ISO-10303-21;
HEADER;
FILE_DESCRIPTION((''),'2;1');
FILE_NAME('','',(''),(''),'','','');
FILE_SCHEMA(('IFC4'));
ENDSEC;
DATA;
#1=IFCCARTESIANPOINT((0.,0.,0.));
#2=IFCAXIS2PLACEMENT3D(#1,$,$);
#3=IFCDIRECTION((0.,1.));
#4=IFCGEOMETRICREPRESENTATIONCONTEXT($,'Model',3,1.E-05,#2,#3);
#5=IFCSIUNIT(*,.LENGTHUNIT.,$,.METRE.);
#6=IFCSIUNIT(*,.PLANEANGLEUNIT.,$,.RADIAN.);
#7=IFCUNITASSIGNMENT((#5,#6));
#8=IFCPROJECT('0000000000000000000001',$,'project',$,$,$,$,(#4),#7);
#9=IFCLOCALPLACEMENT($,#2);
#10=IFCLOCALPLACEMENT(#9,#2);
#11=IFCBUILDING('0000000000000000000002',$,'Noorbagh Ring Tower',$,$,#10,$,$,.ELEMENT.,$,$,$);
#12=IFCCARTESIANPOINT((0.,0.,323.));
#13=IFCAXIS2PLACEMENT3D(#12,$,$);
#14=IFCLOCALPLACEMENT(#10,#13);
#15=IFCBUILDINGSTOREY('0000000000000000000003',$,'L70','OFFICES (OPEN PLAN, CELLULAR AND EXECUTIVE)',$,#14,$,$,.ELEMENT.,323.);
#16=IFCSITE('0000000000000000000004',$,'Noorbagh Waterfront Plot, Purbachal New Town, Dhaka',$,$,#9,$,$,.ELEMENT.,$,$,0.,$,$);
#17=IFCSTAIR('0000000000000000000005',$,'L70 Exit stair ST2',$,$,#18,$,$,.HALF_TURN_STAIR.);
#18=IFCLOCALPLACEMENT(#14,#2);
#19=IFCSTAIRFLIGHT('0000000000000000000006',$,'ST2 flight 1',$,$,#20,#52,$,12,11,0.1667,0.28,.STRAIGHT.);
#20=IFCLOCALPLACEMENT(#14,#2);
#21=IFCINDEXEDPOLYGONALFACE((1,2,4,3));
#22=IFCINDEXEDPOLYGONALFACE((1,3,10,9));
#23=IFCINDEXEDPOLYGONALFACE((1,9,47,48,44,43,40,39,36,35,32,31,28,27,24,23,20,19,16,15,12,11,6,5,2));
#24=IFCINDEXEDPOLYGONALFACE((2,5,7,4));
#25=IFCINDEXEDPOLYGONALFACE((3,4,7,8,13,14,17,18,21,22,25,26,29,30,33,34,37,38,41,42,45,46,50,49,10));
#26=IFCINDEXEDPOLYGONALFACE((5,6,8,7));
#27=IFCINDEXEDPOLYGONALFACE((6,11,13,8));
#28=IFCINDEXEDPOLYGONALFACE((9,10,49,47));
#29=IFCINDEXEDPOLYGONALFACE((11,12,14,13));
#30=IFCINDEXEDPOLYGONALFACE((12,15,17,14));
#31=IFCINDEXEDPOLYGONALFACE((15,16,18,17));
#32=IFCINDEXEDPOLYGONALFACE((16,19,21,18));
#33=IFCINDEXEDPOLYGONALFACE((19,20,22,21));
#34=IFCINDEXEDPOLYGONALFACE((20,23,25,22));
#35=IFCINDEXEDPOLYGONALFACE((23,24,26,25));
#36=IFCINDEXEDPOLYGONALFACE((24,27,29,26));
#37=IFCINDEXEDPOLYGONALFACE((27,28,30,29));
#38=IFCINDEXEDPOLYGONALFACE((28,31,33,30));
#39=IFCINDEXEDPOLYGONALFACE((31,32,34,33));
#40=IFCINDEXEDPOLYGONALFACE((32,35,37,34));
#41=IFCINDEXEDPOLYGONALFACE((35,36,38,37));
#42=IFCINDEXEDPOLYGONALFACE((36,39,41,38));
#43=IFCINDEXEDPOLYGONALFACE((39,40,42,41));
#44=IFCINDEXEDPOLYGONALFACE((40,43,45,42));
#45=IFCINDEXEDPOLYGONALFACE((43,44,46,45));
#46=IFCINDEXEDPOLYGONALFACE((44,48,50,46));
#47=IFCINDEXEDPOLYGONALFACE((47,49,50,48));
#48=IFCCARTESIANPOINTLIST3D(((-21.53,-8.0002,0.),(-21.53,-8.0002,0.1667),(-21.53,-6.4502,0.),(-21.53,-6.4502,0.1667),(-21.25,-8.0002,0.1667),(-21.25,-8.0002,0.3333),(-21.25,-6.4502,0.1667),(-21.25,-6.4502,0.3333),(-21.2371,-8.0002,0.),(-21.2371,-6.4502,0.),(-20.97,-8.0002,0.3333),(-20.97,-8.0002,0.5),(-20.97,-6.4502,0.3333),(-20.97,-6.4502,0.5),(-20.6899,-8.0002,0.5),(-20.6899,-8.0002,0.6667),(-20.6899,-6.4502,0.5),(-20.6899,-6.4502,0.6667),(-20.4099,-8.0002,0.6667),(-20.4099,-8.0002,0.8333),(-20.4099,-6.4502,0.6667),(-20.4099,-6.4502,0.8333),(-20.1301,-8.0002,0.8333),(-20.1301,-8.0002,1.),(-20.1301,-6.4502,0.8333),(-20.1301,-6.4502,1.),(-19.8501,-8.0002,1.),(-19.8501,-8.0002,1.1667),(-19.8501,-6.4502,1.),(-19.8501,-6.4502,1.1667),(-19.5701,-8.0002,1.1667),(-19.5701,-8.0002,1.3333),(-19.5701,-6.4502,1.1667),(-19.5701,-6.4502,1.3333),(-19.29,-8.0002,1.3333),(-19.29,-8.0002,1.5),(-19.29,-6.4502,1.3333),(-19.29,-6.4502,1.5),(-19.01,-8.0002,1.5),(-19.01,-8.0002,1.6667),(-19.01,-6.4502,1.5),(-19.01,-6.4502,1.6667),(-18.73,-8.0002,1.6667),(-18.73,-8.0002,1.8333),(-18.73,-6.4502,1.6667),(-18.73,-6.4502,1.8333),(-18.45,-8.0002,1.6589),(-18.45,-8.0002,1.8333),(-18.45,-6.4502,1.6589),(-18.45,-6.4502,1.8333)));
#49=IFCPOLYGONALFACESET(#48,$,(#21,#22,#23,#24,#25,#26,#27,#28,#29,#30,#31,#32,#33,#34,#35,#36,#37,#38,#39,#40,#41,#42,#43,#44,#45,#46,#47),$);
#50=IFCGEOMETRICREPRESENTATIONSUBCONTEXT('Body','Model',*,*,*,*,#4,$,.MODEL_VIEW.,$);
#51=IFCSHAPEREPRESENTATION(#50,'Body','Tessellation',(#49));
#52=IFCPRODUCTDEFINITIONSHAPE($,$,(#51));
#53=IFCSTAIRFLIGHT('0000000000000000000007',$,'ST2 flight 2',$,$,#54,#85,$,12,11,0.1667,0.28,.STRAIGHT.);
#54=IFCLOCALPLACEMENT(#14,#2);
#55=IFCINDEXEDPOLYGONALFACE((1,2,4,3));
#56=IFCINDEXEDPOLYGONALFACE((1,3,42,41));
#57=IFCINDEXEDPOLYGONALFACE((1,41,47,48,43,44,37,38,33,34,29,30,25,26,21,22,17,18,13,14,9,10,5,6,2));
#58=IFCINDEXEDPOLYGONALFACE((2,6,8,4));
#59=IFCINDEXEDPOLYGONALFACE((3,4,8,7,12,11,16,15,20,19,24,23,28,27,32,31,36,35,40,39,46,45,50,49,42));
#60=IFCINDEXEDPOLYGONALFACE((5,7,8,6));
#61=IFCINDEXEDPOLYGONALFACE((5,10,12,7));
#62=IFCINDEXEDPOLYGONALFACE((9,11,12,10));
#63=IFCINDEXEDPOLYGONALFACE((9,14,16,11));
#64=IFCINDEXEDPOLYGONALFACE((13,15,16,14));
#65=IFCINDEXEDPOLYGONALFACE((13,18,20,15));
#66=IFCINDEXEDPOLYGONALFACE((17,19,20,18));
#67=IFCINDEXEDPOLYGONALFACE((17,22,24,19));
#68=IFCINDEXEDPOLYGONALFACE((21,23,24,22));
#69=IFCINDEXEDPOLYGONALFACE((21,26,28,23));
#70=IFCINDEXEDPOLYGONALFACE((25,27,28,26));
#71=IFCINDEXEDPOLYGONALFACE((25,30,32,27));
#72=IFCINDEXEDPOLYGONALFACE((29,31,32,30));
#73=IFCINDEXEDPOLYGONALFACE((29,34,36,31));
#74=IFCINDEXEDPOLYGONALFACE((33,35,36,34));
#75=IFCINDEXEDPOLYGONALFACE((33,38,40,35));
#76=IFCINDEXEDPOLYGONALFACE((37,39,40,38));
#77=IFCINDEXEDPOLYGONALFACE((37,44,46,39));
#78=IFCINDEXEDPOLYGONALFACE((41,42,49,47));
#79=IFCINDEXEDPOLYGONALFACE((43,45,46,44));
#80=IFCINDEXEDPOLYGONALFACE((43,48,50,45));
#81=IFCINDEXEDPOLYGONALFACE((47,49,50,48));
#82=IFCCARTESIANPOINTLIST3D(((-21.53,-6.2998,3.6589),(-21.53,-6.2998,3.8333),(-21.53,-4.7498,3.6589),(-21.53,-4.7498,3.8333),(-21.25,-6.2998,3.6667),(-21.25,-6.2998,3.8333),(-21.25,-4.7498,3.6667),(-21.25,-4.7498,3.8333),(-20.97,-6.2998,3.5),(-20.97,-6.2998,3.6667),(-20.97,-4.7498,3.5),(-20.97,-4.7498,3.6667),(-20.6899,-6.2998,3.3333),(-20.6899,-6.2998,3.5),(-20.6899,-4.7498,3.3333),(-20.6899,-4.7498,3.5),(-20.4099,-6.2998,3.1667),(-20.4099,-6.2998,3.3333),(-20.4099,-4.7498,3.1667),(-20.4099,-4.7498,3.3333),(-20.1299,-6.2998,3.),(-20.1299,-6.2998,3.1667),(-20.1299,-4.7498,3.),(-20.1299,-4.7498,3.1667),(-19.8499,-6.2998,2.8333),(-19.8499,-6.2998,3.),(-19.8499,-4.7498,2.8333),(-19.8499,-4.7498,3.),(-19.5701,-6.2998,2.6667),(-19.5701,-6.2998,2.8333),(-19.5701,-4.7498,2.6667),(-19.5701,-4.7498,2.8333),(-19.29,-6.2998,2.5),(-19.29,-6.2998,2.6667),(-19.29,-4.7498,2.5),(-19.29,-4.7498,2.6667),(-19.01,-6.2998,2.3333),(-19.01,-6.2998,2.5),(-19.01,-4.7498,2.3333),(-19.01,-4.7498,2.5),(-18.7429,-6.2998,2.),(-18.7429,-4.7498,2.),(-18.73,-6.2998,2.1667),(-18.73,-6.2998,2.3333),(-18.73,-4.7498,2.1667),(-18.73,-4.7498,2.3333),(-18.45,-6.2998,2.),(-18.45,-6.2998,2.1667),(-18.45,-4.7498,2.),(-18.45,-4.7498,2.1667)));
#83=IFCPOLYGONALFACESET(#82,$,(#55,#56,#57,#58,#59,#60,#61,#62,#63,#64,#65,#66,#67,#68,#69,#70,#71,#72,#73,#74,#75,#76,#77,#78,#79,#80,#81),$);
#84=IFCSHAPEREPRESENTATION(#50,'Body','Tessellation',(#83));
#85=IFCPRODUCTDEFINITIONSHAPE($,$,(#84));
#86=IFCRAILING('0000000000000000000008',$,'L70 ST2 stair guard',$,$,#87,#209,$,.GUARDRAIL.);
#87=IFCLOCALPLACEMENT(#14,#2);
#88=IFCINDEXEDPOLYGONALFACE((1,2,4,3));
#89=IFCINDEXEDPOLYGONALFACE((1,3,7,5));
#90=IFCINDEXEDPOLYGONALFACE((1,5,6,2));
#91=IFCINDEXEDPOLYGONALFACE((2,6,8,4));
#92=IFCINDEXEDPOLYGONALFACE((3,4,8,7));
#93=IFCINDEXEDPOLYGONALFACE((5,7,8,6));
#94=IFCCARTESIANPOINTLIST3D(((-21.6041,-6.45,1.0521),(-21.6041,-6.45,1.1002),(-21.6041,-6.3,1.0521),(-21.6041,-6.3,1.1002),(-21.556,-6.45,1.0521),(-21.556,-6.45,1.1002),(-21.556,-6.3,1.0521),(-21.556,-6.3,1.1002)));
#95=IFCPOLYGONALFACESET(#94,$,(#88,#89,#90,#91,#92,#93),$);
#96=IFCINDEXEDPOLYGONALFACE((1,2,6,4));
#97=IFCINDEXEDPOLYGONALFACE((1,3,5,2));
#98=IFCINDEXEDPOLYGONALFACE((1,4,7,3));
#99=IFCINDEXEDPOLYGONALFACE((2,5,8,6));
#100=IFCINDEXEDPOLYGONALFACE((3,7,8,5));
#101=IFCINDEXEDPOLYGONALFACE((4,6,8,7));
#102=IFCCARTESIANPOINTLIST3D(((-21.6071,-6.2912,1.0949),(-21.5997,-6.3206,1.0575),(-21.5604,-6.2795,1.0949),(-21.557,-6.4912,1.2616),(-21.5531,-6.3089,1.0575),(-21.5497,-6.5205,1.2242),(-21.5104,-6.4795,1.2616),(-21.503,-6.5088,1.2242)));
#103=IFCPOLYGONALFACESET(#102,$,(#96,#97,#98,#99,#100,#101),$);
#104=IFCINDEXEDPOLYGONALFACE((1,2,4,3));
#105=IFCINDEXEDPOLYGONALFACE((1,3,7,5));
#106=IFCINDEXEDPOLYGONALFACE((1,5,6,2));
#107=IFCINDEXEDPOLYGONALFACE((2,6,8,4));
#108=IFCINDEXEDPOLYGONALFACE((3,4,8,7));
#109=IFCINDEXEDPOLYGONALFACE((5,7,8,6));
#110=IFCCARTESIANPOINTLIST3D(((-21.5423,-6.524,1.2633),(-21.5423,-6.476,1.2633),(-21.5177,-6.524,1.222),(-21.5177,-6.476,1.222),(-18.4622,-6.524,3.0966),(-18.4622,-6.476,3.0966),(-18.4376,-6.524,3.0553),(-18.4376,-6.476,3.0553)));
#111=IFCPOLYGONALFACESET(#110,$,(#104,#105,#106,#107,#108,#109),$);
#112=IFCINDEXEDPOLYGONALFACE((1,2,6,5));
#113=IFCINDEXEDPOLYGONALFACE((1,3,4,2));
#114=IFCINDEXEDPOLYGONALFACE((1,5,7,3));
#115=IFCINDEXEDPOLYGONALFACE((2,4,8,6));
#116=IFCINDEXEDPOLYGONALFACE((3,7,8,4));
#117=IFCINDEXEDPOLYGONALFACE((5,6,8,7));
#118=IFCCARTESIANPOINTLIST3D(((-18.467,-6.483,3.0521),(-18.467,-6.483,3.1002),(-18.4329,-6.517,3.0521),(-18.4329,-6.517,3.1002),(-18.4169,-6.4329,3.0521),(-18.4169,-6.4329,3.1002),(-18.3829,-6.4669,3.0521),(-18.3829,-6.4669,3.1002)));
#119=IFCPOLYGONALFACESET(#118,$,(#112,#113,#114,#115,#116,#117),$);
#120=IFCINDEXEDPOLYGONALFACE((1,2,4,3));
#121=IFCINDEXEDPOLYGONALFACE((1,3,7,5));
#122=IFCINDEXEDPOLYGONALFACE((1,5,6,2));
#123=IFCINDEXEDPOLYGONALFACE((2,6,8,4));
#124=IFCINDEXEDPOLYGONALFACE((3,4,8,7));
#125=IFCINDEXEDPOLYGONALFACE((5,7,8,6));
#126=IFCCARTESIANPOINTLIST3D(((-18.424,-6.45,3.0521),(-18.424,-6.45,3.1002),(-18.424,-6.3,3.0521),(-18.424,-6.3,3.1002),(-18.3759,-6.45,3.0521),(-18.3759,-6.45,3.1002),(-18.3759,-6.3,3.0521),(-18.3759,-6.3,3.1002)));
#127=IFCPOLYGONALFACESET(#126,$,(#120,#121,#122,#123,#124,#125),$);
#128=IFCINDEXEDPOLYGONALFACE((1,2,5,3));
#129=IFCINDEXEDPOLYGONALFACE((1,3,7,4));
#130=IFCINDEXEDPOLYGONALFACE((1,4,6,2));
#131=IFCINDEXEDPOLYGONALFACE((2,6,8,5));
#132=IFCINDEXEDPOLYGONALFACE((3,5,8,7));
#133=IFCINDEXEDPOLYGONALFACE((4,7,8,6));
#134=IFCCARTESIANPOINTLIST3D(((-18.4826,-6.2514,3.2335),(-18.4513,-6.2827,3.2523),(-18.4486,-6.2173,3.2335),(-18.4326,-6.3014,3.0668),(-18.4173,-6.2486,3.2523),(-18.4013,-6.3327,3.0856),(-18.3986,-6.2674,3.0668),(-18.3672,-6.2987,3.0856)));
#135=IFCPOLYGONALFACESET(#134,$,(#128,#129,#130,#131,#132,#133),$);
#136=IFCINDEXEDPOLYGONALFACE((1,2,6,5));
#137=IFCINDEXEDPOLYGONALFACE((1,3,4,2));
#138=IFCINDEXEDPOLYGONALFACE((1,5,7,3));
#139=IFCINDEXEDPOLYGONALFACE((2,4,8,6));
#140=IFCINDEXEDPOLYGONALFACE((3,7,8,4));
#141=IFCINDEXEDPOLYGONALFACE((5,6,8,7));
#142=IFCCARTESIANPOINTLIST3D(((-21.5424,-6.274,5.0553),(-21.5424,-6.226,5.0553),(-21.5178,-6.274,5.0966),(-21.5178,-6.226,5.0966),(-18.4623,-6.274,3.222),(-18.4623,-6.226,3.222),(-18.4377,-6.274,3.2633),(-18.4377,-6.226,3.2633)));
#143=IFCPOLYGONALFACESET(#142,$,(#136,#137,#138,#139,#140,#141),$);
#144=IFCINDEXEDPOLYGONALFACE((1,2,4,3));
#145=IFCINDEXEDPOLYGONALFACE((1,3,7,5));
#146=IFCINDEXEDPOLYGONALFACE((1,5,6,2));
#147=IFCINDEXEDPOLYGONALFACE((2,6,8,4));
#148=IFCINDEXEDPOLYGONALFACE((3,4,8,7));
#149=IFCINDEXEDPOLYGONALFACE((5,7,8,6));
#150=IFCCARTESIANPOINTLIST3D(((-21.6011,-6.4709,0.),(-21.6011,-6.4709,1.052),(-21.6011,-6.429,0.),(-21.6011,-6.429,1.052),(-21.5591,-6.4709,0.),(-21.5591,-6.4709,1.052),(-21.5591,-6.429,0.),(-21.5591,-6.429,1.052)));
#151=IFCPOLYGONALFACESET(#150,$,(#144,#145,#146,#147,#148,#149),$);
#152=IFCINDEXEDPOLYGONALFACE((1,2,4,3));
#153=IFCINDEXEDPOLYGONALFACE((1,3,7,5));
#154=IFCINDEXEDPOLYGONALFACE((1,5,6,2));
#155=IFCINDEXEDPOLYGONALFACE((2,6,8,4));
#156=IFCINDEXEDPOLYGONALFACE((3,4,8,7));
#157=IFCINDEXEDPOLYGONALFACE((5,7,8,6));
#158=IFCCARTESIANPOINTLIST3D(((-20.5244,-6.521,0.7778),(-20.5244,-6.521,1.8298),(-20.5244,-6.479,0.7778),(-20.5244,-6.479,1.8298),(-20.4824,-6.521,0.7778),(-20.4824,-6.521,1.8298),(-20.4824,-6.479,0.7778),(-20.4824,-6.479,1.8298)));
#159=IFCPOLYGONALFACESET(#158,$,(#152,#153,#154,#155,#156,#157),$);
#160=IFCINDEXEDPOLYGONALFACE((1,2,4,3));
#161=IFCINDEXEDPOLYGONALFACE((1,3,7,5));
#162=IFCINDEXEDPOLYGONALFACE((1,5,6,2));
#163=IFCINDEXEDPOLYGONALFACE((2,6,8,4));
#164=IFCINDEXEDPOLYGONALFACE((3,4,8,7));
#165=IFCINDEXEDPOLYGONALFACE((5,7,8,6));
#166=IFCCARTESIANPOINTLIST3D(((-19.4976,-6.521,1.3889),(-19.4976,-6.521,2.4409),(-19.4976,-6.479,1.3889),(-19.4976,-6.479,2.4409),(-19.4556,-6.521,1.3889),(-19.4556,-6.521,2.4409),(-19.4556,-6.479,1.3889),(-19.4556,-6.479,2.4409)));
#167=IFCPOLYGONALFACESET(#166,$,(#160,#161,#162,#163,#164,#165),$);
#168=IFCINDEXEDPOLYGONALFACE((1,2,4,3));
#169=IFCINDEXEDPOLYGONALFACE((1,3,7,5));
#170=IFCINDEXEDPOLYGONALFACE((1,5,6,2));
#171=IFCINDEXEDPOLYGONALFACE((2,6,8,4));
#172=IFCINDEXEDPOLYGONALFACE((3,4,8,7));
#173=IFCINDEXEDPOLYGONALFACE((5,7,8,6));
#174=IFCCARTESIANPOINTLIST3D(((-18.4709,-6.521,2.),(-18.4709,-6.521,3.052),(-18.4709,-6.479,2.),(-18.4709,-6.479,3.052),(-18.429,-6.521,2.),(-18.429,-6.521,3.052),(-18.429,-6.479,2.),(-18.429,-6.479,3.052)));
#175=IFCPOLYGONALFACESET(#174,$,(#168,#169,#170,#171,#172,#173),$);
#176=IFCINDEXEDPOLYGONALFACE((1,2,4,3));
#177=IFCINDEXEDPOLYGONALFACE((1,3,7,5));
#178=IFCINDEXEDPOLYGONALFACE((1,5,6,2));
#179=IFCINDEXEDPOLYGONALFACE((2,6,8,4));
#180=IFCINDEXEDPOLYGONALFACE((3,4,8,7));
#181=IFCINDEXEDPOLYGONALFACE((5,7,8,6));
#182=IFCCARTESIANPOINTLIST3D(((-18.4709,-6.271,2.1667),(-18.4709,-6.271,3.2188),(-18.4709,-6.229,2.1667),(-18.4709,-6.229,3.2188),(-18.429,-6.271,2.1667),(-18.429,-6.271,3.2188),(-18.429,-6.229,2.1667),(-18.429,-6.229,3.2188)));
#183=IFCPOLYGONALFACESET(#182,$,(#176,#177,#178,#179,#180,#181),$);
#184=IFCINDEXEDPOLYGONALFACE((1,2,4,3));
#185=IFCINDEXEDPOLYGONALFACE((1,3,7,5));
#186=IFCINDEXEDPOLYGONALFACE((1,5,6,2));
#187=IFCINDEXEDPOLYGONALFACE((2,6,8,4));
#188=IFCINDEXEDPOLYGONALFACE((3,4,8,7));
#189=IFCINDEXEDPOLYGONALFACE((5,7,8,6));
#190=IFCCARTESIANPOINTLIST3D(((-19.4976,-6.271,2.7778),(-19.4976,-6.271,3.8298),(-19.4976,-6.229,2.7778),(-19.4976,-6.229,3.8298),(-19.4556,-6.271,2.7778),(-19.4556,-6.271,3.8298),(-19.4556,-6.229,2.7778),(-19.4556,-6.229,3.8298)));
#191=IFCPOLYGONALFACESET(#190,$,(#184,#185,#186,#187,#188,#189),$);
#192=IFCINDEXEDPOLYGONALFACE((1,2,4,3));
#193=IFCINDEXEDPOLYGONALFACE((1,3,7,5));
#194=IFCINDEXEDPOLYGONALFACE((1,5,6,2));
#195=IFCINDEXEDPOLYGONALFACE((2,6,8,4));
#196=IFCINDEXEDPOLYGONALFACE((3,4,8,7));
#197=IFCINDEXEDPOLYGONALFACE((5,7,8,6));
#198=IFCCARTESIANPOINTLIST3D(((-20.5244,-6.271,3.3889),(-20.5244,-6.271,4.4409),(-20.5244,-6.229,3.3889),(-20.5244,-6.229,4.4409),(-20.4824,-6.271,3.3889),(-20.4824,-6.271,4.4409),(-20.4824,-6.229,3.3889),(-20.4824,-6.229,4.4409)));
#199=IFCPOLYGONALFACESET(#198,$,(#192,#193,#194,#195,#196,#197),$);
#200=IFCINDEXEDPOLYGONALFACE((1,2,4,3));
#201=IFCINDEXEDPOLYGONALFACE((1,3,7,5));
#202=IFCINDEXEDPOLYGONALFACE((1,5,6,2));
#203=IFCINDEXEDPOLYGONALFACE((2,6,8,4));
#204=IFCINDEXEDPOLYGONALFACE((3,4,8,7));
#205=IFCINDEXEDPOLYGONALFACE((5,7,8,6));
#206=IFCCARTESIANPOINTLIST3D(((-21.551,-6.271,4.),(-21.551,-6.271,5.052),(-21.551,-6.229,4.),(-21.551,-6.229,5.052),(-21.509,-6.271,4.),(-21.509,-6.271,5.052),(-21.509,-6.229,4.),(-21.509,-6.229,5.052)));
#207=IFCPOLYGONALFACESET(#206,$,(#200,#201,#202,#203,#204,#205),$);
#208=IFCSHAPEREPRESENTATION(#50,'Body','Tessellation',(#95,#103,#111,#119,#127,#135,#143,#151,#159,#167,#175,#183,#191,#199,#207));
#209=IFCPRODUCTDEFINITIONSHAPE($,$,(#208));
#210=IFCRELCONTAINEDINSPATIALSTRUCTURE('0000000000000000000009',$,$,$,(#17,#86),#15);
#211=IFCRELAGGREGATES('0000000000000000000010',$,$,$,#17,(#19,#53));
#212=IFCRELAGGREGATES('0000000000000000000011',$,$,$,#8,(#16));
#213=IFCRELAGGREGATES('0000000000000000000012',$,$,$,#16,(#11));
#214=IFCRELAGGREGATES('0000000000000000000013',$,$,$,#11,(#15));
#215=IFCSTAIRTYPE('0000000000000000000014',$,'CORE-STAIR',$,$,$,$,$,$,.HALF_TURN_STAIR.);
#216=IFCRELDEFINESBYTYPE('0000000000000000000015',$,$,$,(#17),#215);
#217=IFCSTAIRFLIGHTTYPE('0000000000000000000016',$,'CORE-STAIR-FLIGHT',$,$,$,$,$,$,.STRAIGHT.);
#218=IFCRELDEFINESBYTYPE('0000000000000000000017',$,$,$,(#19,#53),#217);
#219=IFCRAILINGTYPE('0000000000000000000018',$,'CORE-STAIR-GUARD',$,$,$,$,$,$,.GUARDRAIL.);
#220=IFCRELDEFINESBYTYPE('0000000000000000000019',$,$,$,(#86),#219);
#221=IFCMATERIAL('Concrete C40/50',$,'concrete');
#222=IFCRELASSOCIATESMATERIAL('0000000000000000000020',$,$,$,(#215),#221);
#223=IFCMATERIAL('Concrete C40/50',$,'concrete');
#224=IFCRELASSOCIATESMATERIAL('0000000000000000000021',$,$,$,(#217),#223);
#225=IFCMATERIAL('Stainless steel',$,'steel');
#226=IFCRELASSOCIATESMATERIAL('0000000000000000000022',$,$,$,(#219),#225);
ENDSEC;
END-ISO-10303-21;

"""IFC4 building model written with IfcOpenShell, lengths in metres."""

from ifc_helpers import new_model, si_unit, direction, frame, origin, origin_2d, place, context, subcontext, project, spatial, polyline, rectangle, outline, extrude, material, type_object, element, aggregate, save


model = new_model("IFC4")

# Units and contexts
model_context = context("Model", 3, precision=1e-05, world=origin(), true_north=direction((0.0, 1.0)))
body_context = subcontext(model_context, "Body", "Model", "MODEL_VIEW")
ifc_project = project(units=[si_unit("LENGTHUNIT", "METRE"), si_unit("PLANEANGLEUNIT", "RADIAN")], contexts=[model_context])

# Site, building, storey
site_placement = place(None, origin())
site = spatial("IfcSite", under=ifc_project, at=site_placement, Name="Noorbagh Waterfront Plot, Purbachal New Town, Dhaka", CompositionType="ELEMENT", RefElevation=0.0)
building_placement = place(site_placement, origin())
building = spatial("IfcBuilding", under=site, at=building_placement, Name="Noorbagh Ring Tower", CompositionType="ELEMENT")
storey_placement = place(building_placement, frame((0.0, 0.0, 323.0)))
storey = spatial("IfcBuildingStorey", under=building, at=storey_placement, Name="L70", Description="OFFICES (OPEN PLAN, CELLULAR AND EXECUTIVE)", CompositionType="ELEMENT", Elevation=323.0)

# Stair, stair flights
ifc_material_1 = material(Name="Concrete C40/50", Category="concrete")
stair_type = type_object("IfcStairType", Name="CORE-STAIR", PredefinedType="HALF_TURN_STAIR", material=ifc_material_1)
stair_placement = place(storey_placement, origin())
stair = element("IfcStair", 1, at=stair_placement, inside=storey, type_object=stair_type, Name="L70 Exit stair ST2", PredefinedType="HALF_TURN_STAIR")
ifc_material_2 = material(Name="Concrete C40/50", Category="concrete")
stair_flight_type = type_object("IfcStairFlightType", Name="CORE-STAIR-FLIGHT", PredefinedType="STRAIGHT", material=ifc_material_2)
stair_flight_1_placement = place(storey_placement, frame((-21.53, -7.2251, 0.0), z_axis=(0.0, 0.0, 1.0), x_axis=(1.0, 0.0, 0.0)))
stair_flight_1 = element("IfcStairFlight", 2, at=stair_flight_1_placement, type_object=stair_flight_type, Name="ST2 flight 1", NumberOfRisers=12, NumberOfTreads=11, PredefinedType="STRAIGHT", RiserHeight=0.1667, TreadLength=0.28, context=body_context, shape_type="SweptSolid", body=[
    extrude(outline(polyline([(0.0, 0.0), (0.0, 0.1667), (0.28, 0.1667), (0.28, 0.3333), (0.5601, 0.3333), (0.5601, 0.5), (0.8401, 0.5), (0.8401, 0.6667), (1.1201, 0.6667), (1.1201, 0.8333), (1.3999, 0.8333), (1.3999, 1.0), (1.6799, 1.0), (1.6799, 1.1667), (1.96, 1.1667), (1.96, 1.3333), (2.24, 1.3333), (2.24, 1.5), (2.52, 1.5), (2.52, 1.6667), (2.8, 1.6667), (2.8, 1.8333), (3.0801, 1.8333), (3.0801, 2.0), (3.0801, 1.6589), (0.293, 0.0), (0.0, 0.0)])), frame((0.0, 0.7749, 0.0), z_axis=(0.0, -1.0, 0.0), x_axis=(1.0, 0.0, 0.0)), (0.0, 0.0, 1.0), 1.55),
])
stair_flight_2_placement = place(storey_placement, frame((-18.45, -5.5249, 2.0), z_axis=(0.0, 0.0, 1.0), x_axis=(-1.0, 0.0, 0.0)))
stair_flight_2 = element("IfcStairFlight", 3, at=stair_flight_2_placement, type_object=stair_flight_type, Name="ST2 flight 2", NumberOfRisers=12, NumberOfTreads=11, PredefinedType="STRAIGHT", RiserHeight=0.1667, TreadLength=0.28, context=body_context, shape_type="SweptSolid", body=[
    extrude(outline(polyline([(0.0, 0.0), (0.0, 0.1667), (0.28, 0.1667), (0.28, 0.3333), (0.5601, 0.3333), (0.5601, 0.5), (0.8401, 0.5), (0.8401, 0.6667), (1.1201, 0.6667), (1.1201, 0.8333), (1.3999, 0.8333), (1.3999, 1.0), (1.6799, 1.0), (1.6799, 1.1667), (1.96, 1.1667), (1.96, 1.3333), (2.24, 1.3333), (2.24, 1.5), (2.52, 1.5), (2.52, 1.6667), (2.8, 1.6667), (2.8, 1.8333), (3.0801, 1.8333), (3.0801, 2.0), (3.0801, 1.6589), (0.293, 0.0), (0.0, 0.0)])), frame((0.0, 0.7749, 0.0), z_axis=(0.0, -1.0, 0.0), x_axis=(1.0, 0.0, 0.0)), (0.0, 0.0, 1.0), 1.55),
])
aggregate(stair, [stair_flight_1, stair_flight_2])

# Railing
ifc_material_3 = material(Name="Stainless steel", Category="steel")
railing_type_1 = type_object("IfcRailingType", Name="CORE-STAIR-GUARD", PredefinedType="GUARDRAIL", material=ifc_material_3)
railing_1_placement = place(storey_placement, frame((-21.5801, -6.45, 0.0)))
element("IfcRailing", 4, at=railing_1_placement, inside=storey, type_object=railing_type_1, Name="L70 ST2 stair guard", PredefinedType="GUARDRAIL", context=body_context, shape_type="SweptSolid", body=[
    extrude(rectangle(XDim=0.0481, YDim=0.0481, at=origin_2d()), frame((0.0, 0.0, 1.0762), z_axis=(0.0, 1.0, 0.0), x_axis=(-1.0, 0.0, 0.0)), (0.0, 0.0, 1.0), 0.1499),
    extrude(rectangle(XDim=0.0481, YDim=0.0481, at=origin_2d()), frame((0.0, 0.1499, 1.0762), z_axis=(0.188776, -0.754182, 0.628946), x_axis=(0.970073, 0.242814, 0.0)), (0.0, 0.0, 1.0), 0.2651),
    extrude(rectangle(XDim=0.0481, YDim=0.0481, at=origin_2d()), frame((0.05, -0.05, 1.2427), z_axis=(0.859309, 0.0, 0.511458), x_axis=(0.0, 1.0, 0.0)), (0.0, 0.0, 1.0), 3.5845),
    extrude(rectangle(XDim=0.0481, YDim=0.0481, at=origin_2d()), frame((3.1301, -0.05, 3.0762), z_axis=(0.707107, 0.707107, 0.0), x_axis=(-0.707107, 0.707107, 0.0)), (0.0, 0.0, 1.0), 0.0708),
    extrude(rectangle(XDim=0.0481, YDim=0.0481, at=origin_2d()), frame((3.1802, 0.0, 3.0762), z_axis=(0.0, 1.0, 0.0), x_axis=(-1.0, 0.0, 0.0)), (0.0, 0.0, 1.0), 0.1499),
    extrude(rectangle(XDim=0.0481, YDim=0.0481, at=origin_2d()), frame((3.1802, 0.1499, 3.0762), z_axis=(-0.276287, 0.276287, 0.920506), x_axis=(-0.707107, -0.707107, 0.0)), (0.0, 0.0, 1.0), 0.1812),
    extrude(rectangle(XDim=0.0481, YDim=0.0481, at=origin_2d()), frame((3.1301, 0.2, 3.2427), z_axis=(-0.859309, 0.0, 0.511458), x_axis=(0.0, -1.0, 0.0)), (0.0, 0.0, 1.0), 3.5845),
    extrude(rectangle(XDim=0.042, YDim=0.042, at=origin_2d()), origin(), (0.0, 0.0, 1.0), 1.052),
    extrude(rectangle(XDim=0.042, YDim=0.042, at=origin_2d()), frame((1.0767, -0.05, 0.7778)), (0.0, 0.0, 1.0), 1.052),
    extrude(rectangle(XDim=0.042, YDim=0.042, at=origin_2d()), frame((2.1035, -0.05, 1.3889)), (0.0, 0.0, 1.0), 1.052),
    extrude(rectangle(XDim=0.042, YDim=0.042, at=origin_2d()), frame((3.1301, -0.05, 2.0)), (0.0, 0.0, 1.0), 1.052),
    extrude(rectangle(XDim=0.042, YDim=0.042, at=origin_2d()), frame((3.1301, 0.2, 2.1667)), (0.0, 0.0, 1.0), 1.052),
    extrude(rectangle(XDim=0.042, YDim=0.042, at=origin_2d()), frame((2.1035, 0.2, 2.7778)), (0.0, 0.0, 1.0), 1.052),
    extrude(rectangle(XDim=0.042, YDim=0.042, at=origin_2d()), frame((1.0767, 0.2, 3.3889)), (0.0, 0.0, 1.0), 1.052),
    extrude(rectangle(XDim=0.042, YDim=0.042, at=origin_2d()), frame((0.05, 0.2, 4.0)), (0.0, 0.0, 1.0), 1.052),
])

save(model, "model.ifc")
